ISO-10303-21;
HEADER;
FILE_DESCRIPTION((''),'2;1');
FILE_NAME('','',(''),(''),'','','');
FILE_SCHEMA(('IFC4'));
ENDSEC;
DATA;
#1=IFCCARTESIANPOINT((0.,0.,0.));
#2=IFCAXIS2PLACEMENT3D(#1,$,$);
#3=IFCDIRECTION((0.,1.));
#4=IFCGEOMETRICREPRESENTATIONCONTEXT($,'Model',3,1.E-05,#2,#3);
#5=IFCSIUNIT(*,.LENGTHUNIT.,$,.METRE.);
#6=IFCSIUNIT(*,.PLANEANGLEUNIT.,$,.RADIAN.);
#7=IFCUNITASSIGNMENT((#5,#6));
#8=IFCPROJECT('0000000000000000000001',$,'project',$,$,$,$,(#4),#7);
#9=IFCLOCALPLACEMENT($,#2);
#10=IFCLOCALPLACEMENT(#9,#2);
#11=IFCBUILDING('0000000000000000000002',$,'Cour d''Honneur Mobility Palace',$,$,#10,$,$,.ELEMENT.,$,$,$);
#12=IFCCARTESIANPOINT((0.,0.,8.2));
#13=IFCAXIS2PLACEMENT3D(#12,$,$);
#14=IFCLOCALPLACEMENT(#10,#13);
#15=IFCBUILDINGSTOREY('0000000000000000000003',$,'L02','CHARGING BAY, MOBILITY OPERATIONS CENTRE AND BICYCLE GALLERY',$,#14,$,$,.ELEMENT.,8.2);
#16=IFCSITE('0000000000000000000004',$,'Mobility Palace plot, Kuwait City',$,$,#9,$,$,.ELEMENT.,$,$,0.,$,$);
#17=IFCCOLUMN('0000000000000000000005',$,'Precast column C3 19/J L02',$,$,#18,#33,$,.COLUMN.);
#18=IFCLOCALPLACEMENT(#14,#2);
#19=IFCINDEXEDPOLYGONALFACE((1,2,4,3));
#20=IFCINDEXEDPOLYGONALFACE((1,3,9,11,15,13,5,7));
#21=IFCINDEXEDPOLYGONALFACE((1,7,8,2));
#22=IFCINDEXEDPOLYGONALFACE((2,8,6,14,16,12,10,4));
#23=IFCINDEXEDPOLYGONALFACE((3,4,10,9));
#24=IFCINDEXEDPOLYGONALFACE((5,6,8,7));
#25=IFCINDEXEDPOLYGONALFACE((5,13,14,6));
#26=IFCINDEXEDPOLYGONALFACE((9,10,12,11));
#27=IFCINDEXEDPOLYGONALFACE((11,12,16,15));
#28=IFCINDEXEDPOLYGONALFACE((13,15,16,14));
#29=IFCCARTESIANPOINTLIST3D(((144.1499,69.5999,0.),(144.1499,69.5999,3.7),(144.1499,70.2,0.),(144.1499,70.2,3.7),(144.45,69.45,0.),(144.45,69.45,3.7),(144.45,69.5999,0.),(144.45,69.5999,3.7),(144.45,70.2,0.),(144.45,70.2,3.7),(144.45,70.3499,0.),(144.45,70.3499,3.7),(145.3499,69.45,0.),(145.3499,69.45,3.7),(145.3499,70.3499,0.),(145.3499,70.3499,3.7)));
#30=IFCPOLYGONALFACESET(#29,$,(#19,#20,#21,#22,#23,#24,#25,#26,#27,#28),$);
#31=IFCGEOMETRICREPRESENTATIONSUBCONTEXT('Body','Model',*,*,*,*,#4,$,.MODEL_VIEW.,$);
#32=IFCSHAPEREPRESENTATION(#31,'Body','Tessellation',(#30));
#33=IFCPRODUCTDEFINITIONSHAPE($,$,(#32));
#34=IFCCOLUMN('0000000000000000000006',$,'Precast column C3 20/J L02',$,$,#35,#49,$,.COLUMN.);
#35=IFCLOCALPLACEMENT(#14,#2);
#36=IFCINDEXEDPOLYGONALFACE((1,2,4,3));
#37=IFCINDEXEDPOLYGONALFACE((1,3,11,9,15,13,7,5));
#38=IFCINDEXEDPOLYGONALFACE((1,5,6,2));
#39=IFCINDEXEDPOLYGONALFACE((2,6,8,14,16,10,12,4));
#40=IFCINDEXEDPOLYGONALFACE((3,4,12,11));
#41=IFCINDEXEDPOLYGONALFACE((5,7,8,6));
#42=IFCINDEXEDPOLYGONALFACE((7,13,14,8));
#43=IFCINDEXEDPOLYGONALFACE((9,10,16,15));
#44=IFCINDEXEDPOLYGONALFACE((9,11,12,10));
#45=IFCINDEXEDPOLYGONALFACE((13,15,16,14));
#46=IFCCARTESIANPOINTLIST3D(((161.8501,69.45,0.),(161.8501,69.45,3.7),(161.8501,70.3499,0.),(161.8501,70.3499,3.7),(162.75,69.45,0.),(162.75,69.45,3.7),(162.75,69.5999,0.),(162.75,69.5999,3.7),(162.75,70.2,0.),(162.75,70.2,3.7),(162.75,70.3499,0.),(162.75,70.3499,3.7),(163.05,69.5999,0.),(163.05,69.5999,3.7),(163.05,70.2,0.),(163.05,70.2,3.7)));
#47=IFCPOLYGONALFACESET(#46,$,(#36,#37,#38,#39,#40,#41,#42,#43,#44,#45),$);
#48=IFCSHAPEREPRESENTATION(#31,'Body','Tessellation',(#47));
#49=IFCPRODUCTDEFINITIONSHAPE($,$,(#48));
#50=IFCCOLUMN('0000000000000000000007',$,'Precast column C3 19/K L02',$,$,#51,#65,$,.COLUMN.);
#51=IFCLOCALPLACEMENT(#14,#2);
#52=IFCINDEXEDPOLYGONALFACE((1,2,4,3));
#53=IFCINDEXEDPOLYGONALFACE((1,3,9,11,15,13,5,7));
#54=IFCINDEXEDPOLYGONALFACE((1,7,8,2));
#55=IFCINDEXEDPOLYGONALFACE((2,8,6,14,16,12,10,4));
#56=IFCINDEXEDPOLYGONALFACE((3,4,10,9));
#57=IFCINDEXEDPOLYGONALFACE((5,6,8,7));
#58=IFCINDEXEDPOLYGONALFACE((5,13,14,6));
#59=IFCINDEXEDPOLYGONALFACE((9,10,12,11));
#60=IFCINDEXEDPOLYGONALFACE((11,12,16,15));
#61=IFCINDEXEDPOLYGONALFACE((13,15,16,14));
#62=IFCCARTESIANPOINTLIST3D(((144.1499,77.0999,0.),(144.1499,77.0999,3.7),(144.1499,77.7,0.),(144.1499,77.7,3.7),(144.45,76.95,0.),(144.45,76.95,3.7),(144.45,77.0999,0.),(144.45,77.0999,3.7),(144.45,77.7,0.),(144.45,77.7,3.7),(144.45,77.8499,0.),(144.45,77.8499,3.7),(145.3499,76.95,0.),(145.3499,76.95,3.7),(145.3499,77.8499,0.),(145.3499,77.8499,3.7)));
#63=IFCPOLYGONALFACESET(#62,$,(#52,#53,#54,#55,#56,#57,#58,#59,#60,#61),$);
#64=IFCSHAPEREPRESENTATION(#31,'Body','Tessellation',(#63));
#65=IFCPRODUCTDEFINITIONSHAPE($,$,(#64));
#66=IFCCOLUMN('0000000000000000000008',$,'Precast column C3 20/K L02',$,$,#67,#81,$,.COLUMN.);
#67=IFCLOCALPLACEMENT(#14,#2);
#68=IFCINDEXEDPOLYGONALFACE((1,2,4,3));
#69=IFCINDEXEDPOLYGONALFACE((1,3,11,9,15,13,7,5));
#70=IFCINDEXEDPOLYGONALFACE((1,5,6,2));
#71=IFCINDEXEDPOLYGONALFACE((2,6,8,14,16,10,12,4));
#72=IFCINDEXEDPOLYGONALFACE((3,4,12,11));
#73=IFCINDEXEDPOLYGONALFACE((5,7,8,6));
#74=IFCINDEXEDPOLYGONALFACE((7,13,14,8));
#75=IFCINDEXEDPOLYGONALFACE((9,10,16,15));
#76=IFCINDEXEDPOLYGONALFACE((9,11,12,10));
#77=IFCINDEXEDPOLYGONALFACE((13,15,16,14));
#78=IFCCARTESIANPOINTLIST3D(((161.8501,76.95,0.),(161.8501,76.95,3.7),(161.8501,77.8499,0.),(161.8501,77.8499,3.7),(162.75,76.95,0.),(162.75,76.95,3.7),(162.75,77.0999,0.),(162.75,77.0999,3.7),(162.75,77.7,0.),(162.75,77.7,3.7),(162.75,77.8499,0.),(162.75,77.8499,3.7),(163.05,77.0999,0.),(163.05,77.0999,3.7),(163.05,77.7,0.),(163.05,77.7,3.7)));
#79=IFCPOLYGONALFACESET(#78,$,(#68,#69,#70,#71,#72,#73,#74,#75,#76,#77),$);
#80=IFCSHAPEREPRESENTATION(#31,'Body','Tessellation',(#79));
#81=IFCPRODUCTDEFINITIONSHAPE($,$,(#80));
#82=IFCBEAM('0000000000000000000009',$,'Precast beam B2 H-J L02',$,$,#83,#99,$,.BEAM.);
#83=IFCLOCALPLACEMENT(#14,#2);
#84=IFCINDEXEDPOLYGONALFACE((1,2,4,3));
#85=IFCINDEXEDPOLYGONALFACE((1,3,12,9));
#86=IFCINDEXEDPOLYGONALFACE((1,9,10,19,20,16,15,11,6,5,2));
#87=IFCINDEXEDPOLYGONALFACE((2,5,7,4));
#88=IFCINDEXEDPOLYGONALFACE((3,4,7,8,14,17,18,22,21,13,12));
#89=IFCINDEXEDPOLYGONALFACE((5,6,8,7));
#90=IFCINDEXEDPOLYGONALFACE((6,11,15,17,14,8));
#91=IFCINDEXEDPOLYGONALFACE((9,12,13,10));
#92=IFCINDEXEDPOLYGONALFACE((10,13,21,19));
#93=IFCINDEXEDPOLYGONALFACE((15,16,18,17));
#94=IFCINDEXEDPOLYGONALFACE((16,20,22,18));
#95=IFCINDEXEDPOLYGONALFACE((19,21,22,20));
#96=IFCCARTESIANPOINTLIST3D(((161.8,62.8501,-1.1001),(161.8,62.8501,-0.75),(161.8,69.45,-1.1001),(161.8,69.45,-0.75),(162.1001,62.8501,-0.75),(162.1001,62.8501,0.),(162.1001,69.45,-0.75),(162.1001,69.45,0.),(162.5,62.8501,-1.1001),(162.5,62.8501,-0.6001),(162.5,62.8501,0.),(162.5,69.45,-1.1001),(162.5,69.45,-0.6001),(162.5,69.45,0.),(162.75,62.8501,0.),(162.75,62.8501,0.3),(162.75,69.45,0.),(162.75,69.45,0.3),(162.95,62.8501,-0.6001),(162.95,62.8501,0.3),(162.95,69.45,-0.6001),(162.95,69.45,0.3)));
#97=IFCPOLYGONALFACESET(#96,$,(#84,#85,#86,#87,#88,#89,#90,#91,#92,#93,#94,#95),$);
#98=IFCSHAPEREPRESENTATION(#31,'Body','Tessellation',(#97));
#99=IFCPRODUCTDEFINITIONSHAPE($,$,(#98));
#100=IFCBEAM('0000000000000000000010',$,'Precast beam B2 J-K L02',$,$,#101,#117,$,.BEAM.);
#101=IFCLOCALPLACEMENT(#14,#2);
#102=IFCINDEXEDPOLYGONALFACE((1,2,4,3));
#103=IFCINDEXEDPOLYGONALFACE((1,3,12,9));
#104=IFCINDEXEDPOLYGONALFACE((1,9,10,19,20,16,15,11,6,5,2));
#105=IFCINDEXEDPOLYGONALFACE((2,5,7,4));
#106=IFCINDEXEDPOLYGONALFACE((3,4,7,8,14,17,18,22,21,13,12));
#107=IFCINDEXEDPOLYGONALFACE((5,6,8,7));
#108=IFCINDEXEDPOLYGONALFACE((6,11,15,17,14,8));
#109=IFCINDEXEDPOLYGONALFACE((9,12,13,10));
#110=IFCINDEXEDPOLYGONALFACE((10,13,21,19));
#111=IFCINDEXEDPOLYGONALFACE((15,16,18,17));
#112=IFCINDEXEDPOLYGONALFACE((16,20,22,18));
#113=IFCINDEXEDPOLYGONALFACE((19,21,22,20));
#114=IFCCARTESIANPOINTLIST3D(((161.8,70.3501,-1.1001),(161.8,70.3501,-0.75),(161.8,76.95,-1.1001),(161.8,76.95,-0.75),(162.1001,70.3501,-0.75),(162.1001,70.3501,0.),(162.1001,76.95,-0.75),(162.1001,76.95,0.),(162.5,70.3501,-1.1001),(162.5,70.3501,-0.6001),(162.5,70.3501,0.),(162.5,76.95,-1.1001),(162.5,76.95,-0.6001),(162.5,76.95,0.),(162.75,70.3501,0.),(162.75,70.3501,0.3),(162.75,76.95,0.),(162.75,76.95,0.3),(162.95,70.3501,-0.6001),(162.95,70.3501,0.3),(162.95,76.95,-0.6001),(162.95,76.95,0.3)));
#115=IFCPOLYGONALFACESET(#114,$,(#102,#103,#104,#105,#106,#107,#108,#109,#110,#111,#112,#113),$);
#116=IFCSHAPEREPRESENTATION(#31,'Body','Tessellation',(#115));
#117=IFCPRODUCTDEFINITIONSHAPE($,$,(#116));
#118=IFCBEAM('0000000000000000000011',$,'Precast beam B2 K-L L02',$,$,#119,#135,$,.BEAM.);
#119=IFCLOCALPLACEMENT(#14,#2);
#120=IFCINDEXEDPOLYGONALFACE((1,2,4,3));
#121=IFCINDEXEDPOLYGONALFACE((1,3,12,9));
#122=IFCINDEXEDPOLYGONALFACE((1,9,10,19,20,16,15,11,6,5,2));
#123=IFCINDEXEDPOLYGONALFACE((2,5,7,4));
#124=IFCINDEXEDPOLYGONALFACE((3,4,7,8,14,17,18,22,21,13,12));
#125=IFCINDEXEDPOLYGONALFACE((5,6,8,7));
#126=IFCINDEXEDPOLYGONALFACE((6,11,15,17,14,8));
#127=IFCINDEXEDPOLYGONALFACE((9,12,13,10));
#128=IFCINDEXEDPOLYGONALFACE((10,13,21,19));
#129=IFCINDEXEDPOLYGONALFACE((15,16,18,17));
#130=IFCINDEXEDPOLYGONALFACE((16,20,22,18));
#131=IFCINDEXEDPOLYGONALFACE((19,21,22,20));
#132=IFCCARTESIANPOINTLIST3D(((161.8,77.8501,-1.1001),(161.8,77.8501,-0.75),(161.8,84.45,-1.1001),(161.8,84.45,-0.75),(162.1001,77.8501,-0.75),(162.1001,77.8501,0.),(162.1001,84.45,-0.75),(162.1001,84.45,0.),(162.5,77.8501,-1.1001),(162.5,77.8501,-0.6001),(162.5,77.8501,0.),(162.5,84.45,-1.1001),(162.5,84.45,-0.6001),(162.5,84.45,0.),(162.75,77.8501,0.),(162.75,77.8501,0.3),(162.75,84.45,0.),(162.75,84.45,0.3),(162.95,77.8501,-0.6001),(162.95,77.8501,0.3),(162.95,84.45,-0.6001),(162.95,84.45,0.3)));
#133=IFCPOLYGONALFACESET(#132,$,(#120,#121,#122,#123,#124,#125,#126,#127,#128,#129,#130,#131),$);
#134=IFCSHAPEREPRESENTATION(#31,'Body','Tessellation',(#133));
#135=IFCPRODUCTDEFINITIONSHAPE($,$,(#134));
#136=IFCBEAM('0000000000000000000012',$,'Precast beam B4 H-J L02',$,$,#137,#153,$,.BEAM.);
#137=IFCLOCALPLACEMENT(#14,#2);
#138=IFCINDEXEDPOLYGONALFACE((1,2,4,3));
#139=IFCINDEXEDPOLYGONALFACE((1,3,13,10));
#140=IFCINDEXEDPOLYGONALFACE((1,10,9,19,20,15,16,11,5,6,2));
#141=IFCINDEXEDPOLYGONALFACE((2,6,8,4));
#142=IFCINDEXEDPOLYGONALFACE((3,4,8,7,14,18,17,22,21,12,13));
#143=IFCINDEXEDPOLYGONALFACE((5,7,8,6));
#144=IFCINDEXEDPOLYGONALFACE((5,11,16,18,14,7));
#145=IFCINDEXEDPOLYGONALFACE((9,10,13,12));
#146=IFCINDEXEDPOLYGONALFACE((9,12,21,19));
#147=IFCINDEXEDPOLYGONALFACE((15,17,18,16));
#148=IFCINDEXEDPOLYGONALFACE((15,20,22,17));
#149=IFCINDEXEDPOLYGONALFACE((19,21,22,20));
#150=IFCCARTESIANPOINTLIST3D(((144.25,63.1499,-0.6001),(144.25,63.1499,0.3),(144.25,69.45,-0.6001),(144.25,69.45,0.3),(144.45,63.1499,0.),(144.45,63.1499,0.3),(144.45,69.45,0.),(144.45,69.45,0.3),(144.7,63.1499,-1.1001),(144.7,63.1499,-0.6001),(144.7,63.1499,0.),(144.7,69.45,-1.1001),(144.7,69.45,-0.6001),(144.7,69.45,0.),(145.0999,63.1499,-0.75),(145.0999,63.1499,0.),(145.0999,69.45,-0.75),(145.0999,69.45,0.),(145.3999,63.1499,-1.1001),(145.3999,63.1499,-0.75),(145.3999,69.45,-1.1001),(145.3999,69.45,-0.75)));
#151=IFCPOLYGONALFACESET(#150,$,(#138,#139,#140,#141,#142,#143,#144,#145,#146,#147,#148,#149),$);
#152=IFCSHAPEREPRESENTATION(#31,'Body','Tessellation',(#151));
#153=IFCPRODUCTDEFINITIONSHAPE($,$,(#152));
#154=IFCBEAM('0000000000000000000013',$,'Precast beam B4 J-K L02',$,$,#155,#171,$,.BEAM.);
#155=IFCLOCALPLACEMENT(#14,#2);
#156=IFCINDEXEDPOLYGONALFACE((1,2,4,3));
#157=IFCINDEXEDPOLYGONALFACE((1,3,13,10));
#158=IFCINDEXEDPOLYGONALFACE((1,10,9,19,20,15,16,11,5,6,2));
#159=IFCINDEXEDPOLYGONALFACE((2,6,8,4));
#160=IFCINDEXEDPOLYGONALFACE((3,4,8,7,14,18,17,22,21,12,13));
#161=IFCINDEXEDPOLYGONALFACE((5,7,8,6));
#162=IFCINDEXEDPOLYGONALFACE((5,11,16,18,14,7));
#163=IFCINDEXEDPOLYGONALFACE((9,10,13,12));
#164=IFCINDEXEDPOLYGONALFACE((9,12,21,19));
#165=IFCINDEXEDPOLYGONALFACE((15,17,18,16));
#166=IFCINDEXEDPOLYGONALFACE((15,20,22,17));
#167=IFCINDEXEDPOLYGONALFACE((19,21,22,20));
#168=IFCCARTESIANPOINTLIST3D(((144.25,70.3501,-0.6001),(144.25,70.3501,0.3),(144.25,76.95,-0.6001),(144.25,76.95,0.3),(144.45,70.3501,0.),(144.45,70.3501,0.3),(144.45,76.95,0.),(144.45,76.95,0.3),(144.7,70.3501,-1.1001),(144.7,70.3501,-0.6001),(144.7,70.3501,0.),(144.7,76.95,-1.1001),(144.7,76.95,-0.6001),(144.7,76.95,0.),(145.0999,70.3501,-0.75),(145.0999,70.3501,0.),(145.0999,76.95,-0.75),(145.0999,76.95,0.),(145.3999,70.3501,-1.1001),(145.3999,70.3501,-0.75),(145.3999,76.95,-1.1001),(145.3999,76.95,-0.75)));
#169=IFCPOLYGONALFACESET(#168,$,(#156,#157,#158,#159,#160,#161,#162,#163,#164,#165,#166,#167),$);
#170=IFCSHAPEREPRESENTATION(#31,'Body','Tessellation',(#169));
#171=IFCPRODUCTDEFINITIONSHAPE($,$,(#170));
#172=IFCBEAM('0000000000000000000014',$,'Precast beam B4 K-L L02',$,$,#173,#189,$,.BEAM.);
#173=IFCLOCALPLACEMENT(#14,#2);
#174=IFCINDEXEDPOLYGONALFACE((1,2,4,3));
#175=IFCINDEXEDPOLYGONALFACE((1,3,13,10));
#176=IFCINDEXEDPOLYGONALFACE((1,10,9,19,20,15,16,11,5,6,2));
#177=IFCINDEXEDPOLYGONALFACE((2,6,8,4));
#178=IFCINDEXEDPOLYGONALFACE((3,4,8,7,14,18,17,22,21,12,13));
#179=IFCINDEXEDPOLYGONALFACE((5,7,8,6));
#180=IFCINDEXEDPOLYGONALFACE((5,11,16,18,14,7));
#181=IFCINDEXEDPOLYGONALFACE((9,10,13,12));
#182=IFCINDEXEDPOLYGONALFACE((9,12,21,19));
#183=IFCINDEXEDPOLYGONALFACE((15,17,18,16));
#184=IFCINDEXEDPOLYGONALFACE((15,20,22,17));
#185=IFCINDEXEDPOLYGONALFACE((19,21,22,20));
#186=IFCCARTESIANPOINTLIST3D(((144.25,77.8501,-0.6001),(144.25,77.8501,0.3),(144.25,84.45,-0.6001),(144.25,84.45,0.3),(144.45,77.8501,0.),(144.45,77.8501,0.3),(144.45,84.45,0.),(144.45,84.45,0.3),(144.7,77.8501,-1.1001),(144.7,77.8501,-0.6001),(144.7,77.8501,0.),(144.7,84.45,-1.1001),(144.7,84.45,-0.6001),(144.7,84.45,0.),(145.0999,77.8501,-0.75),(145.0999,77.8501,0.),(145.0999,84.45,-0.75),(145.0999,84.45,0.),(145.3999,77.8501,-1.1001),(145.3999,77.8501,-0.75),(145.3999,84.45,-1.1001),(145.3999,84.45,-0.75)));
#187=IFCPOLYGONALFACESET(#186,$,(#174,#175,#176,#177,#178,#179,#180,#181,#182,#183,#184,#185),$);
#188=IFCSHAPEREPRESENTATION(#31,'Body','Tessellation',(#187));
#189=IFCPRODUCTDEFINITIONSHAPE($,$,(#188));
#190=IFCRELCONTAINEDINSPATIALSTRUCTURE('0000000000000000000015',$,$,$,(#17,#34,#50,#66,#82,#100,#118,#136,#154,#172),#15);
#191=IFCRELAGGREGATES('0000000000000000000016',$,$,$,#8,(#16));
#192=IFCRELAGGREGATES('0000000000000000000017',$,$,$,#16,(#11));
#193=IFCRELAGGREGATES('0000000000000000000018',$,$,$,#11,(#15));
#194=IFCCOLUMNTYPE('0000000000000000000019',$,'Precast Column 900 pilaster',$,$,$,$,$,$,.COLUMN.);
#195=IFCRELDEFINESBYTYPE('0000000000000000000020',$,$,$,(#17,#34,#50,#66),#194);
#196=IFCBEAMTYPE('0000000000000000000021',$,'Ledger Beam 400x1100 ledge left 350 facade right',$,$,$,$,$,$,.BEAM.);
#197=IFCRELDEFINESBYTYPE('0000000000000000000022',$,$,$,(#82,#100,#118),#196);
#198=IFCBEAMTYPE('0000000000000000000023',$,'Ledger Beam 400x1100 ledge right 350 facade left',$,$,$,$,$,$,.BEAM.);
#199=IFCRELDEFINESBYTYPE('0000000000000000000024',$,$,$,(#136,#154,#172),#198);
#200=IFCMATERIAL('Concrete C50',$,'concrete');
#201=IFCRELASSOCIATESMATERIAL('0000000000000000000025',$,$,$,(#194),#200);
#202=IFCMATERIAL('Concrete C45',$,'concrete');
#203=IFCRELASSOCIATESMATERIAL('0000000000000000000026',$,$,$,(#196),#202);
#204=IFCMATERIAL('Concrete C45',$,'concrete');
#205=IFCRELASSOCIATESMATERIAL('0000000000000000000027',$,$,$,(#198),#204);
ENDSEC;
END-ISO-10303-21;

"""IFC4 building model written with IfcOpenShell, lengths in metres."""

from ifc_helpers import new_model, si_unit, direction, frame, origin, place, context, subcontext, project, spatial, polyline, outline, extrude, material, material_profile, profile_set, type_object, element, save


model = new_model("IFC4")

# Units and contexts
model_context = context("Model", 3, precision=1e-05, world=origin(), true_north=direction((0.0, 1.0)))
body_context = subcontext(model_context, "Body", "Model", "MODEL_VIEW")
ifc_project = project(units=[si_unit("LENGTHUNIT", "METRE"), si_unit("PLANEANGLEUNIT", "RADIAN")], contexts=[model_context])

# Site, building, storey
site_placement = place(None, origin())
site = spatial("IfcSite", under=ifc_project, at=site_placement, Name="Mobility Palace plot, Kuwait City", CompositionType="ELEMENT", RefElevation=0.0)
building_placement = place(site_placement, origin())
building = spatial("IfcBuilding", under=site, at=building_placement, Name="Cour d'Honneur Mobility Palace", CompositionType="ELEMENT")
storey_placement = place(building_placement, frame((0.0, 0.0, 8.2)))
storey = spatial("IfcBuildingStorey", under=building, at=storey_placement, Name="L02", Description="CHARGING BAY, MOBILITY OPERATIONS CENTRE AND BICYCLE GALLERY", CompositionType="ELEMENT", Elevation=8.2)

# Columns
ifc_material_1 = material(Name="Concrete C50", Category="concrete")
ifc_material_profile_1 = material_profile(ifc_material_1, outline(polyline([(-0.45, -0.45), (0.45, -0.45), (0.45, -0.3), (0.75, -0.3), (0.75, 0.3), (0.45, 0.3), (0.45, 0.45), (-0.45, 0.45), (-0.45, -0.45)])), Name="PC C900 pilaster")
ifc_profile_set_1 = profile_set([ifc_material_profile_1], Name="Concrete C50")
column_type = type_object("IfcColumnType", Name="Precast Column 900 pilaster", PredefinedType="COLUMN", material=ifc_profile_set_1)
for number, where, z_axis, x_axis, name in (
    (1, (144.8999, 69.8999, 0.0), (0.0, 0.0, 1.0), (-1.0, 0.0, 0.0), "Precast column C3 19/J L02"),
    (2, (162.3, 69.8999, 0.0), (0.0, 0.0, 1.0), (1.0, 0.0, 0.0), "Precast column C3 20/J L02"),
    (3, (144.8999, 77.3999, 0.0), (0.0, 0.0, 1.0), (-1.0, 0.0, 0.0), "Precast column C3 19/K L02"),
    (4, (162.3, 77.3999, 0.0), (0.0, 0.0, 1.0), (1.0, 0.0, 0.0), "Precast column C3 20/K L02"),
):
    element("IfcColumn", number, at=place(storey_placement, frame(where, z_axis=z_axis, x_axis=x_axis)), inside=storey, type_object=column_type, Name=name, PredefinedType="COLUMN", context=body_context, shape_type="SweptSolid", body=[
        extrude(outline(polyline([(-0.45, -0.45), (0.45, -0.45), (0.45, -0.3), (0.75, -0.3), (0.75, 0.3), (0.45, 0.3), (0.45, 0.45), (-0.45, 0.45), (-0.45, -0.45)])), origin(), (0.0, 0.0, 1.0), 3.7),
    ])

# Beams
ifc_material_2 = material(Name="Concrete C45", Category="concrete")
ifc_material_profile_2 = material_profile(ifc_material_2, outline(polyline([(0.5, -1.1001), (0.5, -0.75), (0.2, -0.75), (0.2, 0.0), (-0.2, 0.0), (-0.45, 0.0), (-0.45, 0.3), (-0.6499, 0.3), (-0.6499, -0.6001), (-0.2, -0.6001), (-0.2, -1.1001), (0.5, -1.1001)])), Name="Ledger Beam 400x1100 ledge left 350 facade right")
ifc_profile_set_2 = profile_set([ifc_material_profile_2], Name="Concrete C45")
beam_type_1 = type_object("IfcBeamType", Name="Ledger Beam 400x1100 ledge left 350 facade right", PredefinedType="BEAM", material=ifc_profile_set_2)
for number, where, z_axis, x_axis, name in (
    (5, (162.3, 62.8501, 0.0), (0.0, 1.0, 0.0), (-1.0, 0.0, 0.0), "Precast beam B2 H-J L02"),
    (6, (162.3, 70.3501, 0.0), (0.0, 1.0, 0.0), (-1.0, 0.0, 0.0), "Precast beam B2 J-K L02"),
    (7, (162.3, 77.8501, 0.0), (0.0, 1.0, 0.0), (-1.0, 0.0, 0.0), "Precast beam B2 K-L L02"),
):
    element("IfcBeam", number, at=place(storey_placement, frame(where, z_axis=z_axis, x_axis=x_axis)), inside=storey, type_object=beam_type_1, Name=name, PredefinedType="BEAM", context=body_context, shape_type="SweptSolid", body=[
        extrude(outline(polyline([(0.5, -1.1001), (0.5, -0.75), (0.2, -0.75), (0.2, 0.0), (-0.2, 0.0), (-0.45, 0.0), (-0.45, 0.3), (-0.6499, 0.3), (-0.6499, -0.6001), (-0.2, -0.6001), (-0.2, -1.1001), (0.5, -1.1001)])), origin(), (0.0, 0.0, 1.0), 6.5999),
    ])
ifc_material_3 = material(Name="Concrete C45", Category="concrete")
ifc_material_profile_3 = material_profile(ifc_material_3, outline(polyline([(0.2, -1.1001), (0.2, -0.6001), (0.6499, -0.6001), (0.6499, 0.3), (0.45, 0.3), (0.45, 0.0), (0.2, 0.0), (-0.2, 0.0), (-0.2, -0.75), (-0.5, -0.75), (-0.5, -1.1001), (0.2, -1.1001)])), Name="Ledger Beam 400x1100 ledge right 350 facade left")
ifc_profile_set_3 = profile_set([ifc_material_profile_3], Name="Concrete C45")
beam_type_2 = type_object("IfcBeamType", Name="Ledger Beam 400x1100 ledge right 350 facade left", PredefinedType="BEAM", material=ifc_profile_set_3)
beam_placement = place(storey_placement, frame((144.8999, 63.1499, 0.0), z_axis=(0.0, 1.0, 0.0), x_axis=(-1.0, 0.0, 0.0)))
element("IfcBeam", 8, at=beam_placement, inside=storey, type_object=beam_type_2, Name="Precast beam B4 H-J L02", PredefinedType="BEAM", context=body_context, shape_type="SweptSolid", body=[
    extrude(outline(polyline([(0.2, -1.1001), (0.2, -0.6001), (0.6499, -0.6001), (0.6499, 0.3), (0.45, 0.3), (0.45, 0.0), (0.2, 0.0), (-0.2, 0.0), (-0.2, -0.75), (-0.5, -0.75), (-0.5, -1.1001), (0.2, -1.1001)])), origin(), (0.0, 0.0, 1.0), 6.3),
])
for number, where, z_axis, x_axis, name in (
    (9, (144.8999, 70.3501, 0.0), (0.0, 1.0, 0.0), (-1.0, 0.0, 0.0), "Precast beam B4 J-K L02"),
    (10, (144.8999, 77.8501, 0.0), (0.0, 1.0, 0.0), (-1.0, 0.0, 0.0), "Precast beam B4 K-L L02"),
):
    element("IfcBeam", number, at=place(storey_placement, frame(where, z_axis=z_axis, x_axis=x_axis)), inside=storey, type_object=beam_type_2, Name=name, PredefinedType="BEAM", context=body_context, shape_type="SweptSolid", body=[
        extrude(outline(polyline([(0.2, -1.1001), (0.2, -0.6001), (0.6499, -0.6001), (0.6499, 0.3), (0.45, 0.3), (0.45, 0.0), (0.2, 0.0), (-0.2, 0.0), (-0.2, -0.75), (-0.5, -0.75), (-0.5, -1.1001), (0.2, -1.1001)])), origin(), (0.0, 0.0, 1.0), 6.5999),
    ])

save(model, "model.ifc")
